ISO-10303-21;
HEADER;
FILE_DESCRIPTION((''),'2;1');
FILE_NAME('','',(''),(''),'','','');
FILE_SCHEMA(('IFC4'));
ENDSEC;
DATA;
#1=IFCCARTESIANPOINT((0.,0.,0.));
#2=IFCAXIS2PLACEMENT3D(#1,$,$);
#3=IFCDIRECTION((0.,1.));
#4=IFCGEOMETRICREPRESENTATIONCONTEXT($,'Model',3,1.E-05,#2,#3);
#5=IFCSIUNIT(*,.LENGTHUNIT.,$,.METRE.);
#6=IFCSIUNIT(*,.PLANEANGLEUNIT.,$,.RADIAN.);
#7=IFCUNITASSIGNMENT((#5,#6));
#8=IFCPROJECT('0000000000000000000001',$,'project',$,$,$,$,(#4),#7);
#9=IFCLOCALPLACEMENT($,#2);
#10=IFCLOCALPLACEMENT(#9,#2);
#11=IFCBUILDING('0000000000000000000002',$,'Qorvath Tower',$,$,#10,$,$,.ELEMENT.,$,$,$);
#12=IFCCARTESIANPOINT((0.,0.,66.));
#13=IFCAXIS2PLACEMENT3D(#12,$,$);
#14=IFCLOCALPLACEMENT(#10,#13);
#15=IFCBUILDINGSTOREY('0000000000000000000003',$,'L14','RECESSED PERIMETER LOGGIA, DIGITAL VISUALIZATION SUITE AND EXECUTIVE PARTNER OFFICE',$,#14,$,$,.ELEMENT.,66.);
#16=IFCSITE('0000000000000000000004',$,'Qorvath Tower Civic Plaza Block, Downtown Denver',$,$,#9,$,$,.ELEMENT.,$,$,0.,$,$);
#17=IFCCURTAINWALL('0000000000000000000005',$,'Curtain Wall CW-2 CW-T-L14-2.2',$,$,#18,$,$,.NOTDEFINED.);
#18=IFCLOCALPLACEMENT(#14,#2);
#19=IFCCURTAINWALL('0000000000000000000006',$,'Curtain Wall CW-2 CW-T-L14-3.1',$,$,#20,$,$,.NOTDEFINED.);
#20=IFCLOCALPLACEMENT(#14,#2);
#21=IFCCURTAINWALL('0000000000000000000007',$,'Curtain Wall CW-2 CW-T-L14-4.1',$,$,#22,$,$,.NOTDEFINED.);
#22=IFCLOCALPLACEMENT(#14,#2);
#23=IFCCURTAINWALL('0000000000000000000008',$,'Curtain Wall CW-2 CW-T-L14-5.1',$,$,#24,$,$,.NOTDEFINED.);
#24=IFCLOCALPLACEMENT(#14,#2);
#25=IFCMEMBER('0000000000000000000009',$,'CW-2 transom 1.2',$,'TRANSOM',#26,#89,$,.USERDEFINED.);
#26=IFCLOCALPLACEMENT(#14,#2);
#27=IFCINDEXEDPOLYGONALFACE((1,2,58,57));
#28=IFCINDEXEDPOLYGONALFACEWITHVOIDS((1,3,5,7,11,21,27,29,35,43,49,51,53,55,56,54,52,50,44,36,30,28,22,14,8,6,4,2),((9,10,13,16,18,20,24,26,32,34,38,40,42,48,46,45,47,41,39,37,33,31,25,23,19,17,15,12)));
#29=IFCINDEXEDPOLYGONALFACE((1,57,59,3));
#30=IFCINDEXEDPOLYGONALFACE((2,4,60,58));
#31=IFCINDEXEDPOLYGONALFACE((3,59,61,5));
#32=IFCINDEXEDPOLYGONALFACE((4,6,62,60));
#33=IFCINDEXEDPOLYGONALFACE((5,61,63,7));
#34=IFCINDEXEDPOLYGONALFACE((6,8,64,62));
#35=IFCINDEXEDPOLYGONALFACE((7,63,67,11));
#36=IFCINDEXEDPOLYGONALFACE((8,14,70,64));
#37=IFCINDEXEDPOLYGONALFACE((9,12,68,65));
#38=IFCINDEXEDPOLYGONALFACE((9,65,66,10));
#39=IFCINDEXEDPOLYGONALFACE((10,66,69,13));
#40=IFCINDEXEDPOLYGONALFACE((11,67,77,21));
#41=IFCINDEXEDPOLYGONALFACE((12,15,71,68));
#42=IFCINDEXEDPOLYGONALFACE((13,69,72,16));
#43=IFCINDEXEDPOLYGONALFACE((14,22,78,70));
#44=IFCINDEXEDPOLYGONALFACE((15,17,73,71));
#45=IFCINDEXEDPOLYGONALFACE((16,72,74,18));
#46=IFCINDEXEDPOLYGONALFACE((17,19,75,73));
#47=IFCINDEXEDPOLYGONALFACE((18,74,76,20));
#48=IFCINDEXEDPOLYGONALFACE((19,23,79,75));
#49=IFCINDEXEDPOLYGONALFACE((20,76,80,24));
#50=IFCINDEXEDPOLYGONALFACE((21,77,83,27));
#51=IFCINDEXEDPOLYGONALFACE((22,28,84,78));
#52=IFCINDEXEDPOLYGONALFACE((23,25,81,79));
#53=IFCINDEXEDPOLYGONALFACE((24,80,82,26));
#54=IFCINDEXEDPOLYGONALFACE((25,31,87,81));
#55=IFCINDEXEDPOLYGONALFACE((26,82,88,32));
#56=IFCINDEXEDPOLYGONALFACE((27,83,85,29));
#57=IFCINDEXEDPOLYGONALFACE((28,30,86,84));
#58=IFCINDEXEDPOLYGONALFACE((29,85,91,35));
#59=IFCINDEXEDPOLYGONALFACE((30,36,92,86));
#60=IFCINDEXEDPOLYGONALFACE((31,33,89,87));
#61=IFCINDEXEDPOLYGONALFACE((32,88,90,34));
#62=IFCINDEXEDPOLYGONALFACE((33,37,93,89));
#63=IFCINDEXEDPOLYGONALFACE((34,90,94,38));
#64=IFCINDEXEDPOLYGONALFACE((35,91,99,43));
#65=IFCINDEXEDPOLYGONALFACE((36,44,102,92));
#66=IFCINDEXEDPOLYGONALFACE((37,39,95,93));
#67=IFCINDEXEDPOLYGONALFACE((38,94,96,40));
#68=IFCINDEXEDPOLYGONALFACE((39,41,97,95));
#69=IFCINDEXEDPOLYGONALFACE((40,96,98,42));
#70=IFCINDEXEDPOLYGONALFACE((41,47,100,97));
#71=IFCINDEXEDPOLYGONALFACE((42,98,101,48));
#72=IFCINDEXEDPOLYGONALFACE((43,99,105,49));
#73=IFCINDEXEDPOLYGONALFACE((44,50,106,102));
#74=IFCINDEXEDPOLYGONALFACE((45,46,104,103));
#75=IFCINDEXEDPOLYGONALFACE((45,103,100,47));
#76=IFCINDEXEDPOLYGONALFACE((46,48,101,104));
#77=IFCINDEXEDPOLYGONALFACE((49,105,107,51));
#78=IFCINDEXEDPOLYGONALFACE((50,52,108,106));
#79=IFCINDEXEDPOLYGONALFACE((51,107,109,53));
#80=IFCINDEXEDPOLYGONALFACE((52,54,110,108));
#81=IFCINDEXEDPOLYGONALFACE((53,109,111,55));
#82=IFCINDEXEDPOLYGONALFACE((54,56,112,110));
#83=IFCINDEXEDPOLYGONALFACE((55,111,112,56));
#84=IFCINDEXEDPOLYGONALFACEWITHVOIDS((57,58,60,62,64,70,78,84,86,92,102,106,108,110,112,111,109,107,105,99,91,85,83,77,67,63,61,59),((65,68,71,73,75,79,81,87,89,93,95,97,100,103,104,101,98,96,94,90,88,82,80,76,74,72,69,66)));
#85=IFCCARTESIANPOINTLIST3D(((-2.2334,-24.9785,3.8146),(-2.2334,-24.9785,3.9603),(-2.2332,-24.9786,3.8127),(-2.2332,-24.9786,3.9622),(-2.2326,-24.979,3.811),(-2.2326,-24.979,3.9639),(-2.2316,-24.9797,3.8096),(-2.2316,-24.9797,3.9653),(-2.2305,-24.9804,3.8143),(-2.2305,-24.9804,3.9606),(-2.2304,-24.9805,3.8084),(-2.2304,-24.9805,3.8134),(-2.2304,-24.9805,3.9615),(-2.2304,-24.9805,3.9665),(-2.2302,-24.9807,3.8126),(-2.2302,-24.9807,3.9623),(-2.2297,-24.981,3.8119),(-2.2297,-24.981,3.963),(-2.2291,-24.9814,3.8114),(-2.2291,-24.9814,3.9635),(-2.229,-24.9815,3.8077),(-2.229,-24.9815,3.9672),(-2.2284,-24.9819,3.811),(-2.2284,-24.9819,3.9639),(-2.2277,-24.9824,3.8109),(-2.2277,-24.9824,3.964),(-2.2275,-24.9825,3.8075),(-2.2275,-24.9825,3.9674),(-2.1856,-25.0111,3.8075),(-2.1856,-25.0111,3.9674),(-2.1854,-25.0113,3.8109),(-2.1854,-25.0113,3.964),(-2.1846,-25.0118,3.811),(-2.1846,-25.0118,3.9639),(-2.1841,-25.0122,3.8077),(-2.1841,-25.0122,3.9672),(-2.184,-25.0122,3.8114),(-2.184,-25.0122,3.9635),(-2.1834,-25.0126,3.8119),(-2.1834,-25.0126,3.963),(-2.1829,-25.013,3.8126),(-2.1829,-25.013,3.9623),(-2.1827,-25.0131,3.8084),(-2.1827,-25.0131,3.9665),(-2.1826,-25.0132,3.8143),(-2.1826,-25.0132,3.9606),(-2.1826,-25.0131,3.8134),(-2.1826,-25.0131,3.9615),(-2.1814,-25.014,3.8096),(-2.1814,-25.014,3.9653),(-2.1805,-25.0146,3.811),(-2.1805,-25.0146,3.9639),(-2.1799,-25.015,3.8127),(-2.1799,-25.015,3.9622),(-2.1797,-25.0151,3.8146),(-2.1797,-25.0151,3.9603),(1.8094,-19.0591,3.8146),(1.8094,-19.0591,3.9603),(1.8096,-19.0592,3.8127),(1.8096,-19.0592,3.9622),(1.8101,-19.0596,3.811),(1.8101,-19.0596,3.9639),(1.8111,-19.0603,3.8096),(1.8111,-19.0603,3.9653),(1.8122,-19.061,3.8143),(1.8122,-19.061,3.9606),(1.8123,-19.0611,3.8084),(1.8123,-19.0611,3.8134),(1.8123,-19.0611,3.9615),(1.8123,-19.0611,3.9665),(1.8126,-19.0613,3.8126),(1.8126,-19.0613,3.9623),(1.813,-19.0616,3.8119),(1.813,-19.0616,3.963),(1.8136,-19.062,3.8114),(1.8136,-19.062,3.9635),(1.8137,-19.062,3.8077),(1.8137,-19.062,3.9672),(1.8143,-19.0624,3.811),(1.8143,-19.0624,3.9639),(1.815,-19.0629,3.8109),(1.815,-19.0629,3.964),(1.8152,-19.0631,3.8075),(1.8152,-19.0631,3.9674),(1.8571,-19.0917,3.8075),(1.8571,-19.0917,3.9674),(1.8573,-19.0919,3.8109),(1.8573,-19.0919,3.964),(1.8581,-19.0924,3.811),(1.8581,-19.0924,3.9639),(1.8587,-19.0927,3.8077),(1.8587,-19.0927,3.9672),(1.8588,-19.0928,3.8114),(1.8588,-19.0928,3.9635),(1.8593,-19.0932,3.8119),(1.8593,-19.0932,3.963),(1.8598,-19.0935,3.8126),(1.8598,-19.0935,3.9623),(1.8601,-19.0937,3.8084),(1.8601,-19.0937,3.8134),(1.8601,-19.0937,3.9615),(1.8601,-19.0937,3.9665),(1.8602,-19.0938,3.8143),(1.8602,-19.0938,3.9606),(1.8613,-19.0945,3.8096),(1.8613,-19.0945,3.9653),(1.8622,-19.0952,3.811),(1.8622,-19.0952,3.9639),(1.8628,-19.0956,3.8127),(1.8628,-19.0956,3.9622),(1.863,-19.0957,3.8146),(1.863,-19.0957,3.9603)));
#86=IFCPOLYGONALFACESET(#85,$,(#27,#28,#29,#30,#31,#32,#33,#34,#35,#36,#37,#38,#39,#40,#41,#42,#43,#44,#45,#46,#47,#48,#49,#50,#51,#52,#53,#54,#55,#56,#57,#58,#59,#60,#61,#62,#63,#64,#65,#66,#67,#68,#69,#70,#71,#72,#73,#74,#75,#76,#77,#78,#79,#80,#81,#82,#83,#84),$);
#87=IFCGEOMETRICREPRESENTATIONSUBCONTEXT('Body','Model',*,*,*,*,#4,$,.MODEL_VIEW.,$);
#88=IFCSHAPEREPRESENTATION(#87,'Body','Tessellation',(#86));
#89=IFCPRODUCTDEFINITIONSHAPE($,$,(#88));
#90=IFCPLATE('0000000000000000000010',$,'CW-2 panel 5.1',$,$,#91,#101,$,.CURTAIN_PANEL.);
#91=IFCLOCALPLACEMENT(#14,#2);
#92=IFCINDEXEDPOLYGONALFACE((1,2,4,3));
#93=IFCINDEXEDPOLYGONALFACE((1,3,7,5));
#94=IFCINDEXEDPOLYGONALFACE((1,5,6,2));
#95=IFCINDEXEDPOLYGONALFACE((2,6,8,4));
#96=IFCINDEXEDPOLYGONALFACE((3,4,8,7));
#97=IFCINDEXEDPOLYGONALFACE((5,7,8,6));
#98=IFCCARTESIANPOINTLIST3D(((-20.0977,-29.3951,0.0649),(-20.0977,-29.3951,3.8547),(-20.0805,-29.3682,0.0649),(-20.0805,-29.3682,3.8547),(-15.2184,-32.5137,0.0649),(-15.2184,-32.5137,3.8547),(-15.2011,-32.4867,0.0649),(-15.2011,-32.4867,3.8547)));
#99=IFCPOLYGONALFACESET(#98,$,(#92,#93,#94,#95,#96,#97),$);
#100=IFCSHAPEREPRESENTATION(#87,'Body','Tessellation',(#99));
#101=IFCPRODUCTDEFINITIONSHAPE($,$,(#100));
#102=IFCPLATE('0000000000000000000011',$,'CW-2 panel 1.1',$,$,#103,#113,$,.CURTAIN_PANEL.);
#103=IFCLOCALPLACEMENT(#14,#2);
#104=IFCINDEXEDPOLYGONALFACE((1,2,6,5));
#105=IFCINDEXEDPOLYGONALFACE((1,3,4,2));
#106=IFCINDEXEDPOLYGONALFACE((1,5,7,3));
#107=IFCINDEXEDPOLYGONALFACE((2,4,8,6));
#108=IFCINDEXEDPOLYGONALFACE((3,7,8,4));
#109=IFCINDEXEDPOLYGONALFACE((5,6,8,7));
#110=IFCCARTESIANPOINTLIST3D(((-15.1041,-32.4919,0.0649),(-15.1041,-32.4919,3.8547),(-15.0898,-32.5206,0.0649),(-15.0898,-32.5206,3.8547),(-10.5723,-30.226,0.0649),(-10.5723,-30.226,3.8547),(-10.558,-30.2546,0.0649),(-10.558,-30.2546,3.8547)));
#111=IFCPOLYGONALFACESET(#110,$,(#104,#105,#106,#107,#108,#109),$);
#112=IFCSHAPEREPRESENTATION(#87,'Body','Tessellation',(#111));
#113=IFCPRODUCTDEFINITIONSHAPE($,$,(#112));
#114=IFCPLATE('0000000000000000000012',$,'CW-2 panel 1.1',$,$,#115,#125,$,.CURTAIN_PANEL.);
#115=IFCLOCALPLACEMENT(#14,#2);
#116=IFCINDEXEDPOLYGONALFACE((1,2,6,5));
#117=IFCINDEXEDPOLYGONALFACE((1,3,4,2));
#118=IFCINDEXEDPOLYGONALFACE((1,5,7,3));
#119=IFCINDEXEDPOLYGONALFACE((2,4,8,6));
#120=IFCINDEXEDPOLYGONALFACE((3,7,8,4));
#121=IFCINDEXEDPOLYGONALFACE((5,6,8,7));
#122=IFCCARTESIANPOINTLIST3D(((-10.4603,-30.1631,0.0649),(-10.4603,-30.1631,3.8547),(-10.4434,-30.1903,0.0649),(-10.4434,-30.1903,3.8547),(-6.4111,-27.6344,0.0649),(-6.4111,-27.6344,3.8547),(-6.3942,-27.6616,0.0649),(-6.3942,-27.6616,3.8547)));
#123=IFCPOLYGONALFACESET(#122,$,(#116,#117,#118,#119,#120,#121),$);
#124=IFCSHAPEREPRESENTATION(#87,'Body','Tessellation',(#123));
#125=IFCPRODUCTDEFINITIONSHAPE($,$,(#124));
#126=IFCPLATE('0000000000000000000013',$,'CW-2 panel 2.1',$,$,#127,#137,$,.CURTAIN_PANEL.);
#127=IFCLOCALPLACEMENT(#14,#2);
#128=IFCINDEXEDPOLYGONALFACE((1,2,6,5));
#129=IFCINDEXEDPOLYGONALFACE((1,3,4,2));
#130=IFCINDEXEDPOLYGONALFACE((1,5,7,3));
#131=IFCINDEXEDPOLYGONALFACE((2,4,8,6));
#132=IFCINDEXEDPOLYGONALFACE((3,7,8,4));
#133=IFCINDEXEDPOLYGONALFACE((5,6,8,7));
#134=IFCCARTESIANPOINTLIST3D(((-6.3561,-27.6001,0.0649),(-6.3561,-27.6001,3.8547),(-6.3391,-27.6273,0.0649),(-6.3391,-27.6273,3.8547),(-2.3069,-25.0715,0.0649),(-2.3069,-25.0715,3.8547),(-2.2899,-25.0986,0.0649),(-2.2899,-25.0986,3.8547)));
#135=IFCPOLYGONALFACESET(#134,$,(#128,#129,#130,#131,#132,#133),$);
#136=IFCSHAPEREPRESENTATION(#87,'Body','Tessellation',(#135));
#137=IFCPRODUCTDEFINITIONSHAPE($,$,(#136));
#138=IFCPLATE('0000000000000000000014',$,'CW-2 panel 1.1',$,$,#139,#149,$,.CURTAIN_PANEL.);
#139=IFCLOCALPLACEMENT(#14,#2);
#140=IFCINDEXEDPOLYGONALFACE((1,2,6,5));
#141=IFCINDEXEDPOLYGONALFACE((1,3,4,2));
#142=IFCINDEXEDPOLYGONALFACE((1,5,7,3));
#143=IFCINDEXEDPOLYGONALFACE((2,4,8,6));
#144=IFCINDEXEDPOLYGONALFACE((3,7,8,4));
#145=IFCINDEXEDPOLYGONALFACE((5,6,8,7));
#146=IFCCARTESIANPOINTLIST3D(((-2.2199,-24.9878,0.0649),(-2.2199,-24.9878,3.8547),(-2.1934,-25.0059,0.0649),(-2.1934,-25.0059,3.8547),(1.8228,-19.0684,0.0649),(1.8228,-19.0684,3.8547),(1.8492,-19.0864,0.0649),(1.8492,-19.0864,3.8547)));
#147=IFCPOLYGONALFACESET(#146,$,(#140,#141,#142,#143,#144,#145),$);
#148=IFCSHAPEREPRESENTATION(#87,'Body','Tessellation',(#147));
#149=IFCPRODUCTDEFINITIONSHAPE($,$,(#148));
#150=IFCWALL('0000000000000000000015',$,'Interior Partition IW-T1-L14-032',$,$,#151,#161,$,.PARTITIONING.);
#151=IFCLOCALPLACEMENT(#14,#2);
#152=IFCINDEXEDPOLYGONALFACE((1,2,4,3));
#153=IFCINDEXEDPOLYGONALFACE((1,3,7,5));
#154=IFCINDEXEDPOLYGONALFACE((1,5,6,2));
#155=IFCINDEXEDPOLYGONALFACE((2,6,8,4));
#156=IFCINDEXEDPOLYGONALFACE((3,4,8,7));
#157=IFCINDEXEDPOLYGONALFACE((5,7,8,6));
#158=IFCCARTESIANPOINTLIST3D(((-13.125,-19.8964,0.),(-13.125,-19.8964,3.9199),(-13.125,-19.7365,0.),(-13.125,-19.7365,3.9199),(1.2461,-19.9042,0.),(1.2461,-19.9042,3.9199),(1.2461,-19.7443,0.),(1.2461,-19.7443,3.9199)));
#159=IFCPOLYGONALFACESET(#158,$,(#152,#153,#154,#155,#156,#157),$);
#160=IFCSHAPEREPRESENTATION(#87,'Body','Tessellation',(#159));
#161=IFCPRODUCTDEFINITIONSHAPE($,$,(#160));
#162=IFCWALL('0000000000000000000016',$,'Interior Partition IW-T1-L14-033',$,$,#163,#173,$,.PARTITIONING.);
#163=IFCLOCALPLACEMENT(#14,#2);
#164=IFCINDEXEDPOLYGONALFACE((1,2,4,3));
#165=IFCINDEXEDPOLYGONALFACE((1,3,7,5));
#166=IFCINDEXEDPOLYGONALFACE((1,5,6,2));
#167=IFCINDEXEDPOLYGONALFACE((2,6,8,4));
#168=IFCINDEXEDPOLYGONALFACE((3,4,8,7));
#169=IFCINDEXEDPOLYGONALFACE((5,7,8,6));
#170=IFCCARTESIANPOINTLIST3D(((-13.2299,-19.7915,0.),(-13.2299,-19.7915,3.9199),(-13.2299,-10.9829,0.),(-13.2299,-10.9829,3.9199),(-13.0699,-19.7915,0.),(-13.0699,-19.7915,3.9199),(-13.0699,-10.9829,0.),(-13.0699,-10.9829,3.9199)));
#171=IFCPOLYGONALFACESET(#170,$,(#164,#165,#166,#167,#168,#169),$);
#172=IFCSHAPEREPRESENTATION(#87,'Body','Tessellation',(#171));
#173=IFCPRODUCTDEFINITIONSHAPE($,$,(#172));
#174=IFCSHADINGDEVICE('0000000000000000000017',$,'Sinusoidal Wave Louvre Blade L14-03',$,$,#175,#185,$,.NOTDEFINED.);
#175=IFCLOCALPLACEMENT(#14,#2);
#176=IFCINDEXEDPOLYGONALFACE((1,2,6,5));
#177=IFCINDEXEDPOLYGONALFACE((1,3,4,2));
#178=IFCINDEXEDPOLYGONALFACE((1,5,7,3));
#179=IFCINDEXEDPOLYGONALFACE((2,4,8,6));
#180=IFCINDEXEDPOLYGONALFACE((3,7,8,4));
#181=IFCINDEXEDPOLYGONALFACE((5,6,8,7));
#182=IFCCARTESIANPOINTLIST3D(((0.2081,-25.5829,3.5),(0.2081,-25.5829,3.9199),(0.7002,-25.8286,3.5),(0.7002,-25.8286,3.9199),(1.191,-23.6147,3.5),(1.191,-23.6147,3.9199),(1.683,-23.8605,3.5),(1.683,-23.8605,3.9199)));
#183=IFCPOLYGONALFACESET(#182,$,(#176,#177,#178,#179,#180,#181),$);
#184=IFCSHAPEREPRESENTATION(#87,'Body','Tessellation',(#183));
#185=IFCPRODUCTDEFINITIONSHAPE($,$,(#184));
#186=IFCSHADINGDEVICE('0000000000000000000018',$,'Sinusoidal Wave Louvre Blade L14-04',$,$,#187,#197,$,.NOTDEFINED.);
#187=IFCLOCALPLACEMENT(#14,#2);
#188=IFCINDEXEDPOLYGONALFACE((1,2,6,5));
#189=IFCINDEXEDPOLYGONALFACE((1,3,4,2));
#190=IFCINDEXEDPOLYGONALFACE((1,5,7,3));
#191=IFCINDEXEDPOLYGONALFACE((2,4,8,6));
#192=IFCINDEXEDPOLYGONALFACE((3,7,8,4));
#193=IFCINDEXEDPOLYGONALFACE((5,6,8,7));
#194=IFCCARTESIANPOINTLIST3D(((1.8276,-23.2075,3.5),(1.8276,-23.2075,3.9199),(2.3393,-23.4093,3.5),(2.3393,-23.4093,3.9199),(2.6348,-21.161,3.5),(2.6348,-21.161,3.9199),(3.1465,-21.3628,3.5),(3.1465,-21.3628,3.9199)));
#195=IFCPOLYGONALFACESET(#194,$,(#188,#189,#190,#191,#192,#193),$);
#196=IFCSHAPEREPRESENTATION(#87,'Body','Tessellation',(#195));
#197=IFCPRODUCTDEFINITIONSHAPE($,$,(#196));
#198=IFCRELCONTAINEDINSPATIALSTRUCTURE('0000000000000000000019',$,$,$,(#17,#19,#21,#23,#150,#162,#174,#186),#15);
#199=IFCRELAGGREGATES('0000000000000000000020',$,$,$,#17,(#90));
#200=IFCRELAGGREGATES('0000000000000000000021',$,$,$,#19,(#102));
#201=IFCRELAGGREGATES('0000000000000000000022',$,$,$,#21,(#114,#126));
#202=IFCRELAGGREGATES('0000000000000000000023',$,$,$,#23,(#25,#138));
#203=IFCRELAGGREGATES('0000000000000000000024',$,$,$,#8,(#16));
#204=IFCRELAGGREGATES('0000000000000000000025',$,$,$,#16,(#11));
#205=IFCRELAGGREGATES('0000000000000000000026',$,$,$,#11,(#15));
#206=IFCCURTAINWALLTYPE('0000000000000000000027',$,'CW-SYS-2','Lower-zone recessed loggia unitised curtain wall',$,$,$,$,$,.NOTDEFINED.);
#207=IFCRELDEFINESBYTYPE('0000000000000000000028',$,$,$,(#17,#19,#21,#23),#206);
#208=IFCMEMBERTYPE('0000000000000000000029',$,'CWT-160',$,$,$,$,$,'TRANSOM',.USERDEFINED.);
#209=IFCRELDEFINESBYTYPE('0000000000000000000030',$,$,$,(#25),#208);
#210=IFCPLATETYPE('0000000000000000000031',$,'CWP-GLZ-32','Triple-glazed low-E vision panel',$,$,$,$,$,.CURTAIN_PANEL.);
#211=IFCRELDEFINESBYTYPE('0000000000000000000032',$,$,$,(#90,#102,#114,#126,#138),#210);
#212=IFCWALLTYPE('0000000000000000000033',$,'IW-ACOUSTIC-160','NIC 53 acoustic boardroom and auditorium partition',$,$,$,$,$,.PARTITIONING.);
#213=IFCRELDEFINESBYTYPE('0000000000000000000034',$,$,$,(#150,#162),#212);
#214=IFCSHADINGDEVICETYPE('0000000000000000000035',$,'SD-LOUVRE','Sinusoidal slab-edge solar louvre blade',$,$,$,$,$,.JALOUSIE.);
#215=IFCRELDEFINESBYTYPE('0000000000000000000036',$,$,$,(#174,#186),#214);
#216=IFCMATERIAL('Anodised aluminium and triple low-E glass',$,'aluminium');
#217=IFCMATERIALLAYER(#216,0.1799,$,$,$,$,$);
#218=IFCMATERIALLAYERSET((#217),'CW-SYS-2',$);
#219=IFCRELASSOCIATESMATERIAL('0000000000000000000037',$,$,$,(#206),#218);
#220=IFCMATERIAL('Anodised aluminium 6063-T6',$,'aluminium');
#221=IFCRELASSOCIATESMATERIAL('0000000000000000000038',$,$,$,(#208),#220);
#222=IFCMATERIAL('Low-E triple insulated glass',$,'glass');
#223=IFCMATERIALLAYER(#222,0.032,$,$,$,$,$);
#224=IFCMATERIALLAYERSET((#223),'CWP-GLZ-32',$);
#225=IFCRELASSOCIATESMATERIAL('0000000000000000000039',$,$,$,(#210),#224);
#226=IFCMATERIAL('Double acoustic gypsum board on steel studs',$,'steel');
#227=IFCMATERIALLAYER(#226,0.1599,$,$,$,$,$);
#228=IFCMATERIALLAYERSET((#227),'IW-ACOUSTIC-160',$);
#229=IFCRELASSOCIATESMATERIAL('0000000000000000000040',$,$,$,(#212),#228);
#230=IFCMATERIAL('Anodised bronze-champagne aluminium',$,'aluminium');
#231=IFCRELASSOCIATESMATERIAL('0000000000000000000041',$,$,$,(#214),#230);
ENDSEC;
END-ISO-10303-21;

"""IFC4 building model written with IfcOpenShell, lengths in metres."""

from ifc_helpers import new_model, si_unit, direction, frame, frame_2d, origin, origin_2d, place, context, subcontext, project, spatial, rectangle, hollow_rectangle, extrude, material, layer, layer_set, material_profile, profile_set, type_object, element, aggregate, save


model = new_model("IFC4")

# Units and contexts
model_context = context("Model", 3, precision=1e-05, world=origin(), true_north=direction((0.0, 1.0)))
body_context = subcontext(model_context, "Body", "Model", "MODEL_VIEW")
ifc_project = project(units=[si_unit("LENGTHUNIT", "METRE"), si_unit("PLANEANGLEUNIT", "RADIAN")], contexts=[model_context])

# Site, building, storey
site_placement = place(None, origin())
site = spatial("IfcSite", under=ifc_project, at=site_placement, Name="Qorvath Tower Civic Plaza Block, Downtown Denver", CompositionType="ELEMENT", RefElevation=0.0)
building_placement = place(site_placement, origin())
building = spatial("IfcBuilding", under=site, at=building_placement, Name="Qorvath Tower", CompositionType="ELEMENT")
storey_placement = place(building_placement, frame((0.0, 0.0, 66.0)))
storey = spatial("IfcBuildingStorey", under=building, at=storey_placement, Name="L14", Description="RECESSED PERIMETER LOGGIA, DIGITAL VISUALIZATION SUITE AND EXECUTIVE PARTNER OFFICE", CompositionType="ELEMENT", Elevation=66.0)

# Curtain wall
ifc_material_1 = material(Name="Anodised aluminium and triple low-E glass", Category="aluminium")
ifc_layer_1 = layer(ifc_material_1, 0.1799)
ifc_layer_set_1 = layer_set([ifc_layer_1], Name="CW-SYS-2")
curtain_wall_type = type_object("IfcCurtainWallType", Name="CW-SYS-2", Description="Lower-zone recessed loggia unitised curtain wall", PredefinedType="NOTDEFINED", material=ifc_layer_set_1)
curtain_wall_1_placement = place(storey_placement, origin())
curtain_wall_1 = element("IfcCurtainWall", 1, at=curtain_wall_1_placement, inside=storey, type_object=curtain_wall_type, Name="Curtain Wall CW-2 CW-T-L14-2.2", PredefinedType="NOTDEFINED")

# Curtain walls
curtain_wall_2_placement = place(storey_placement, origin())
curtain_wall_2 = element("IfcCurtainWall", 2, at=curtain_wall_2_placement, inside=storey, type_object=curtain_wall_type, Name="Curtain Wall CW-2 CW-T-L14-3.1", PredefinedType="NOTDEFINED")
curtain_wall_3_placement = place(storey_placement, origin())
curtain_wall_3 = element("IfcCurtainWall", 3, at=curtain_wall_3_placement, inside=storey, type_object=curtain_wall_type, Name="Curtain Wall CW-2 CW-T-L14-4.1", PredefinedType="NOTDEFINED")
curtain_wall_4_placement = place(storey_placement, origin())
curtain_wall_4 = element("IfcCurtainWall", 4, at=curtain_wall_4_placement, inside=storey, type_object=curtain_wall_type, Name="Curtain Wall CW-2 CW-T-L14-5.1", PredefinedType="NOTDEFINED")

# Member
ifc_material_2 = material(Name="Anodised aluminium 6063-T6", Category="aluminium")
ifc_material_profile_1 = material_profile(ifc_material_2, hollow_rectangle(XDim=0.0649, YDim=0.1599, WallThickness=0.0034, InnerFilletRadius=0.0034, OuterFilletRadius=0.0071, at=origin_2d()), Name="CWT 160x65")
ifc_profile_set_1 = profile_set([ifc_material_profile_1], Name="Anodised aluminium 6063-T6")
member_type_1 = type_object("IfcMemberType", Name="CWT-160", ElementType="TRANSOM", PredefinedType="USERDEFINED", material=ifc_profile_set_1)
member_1_placement = place(storey_placement, frame((-2.2065, -24.9968, 3.8875), z_axis=(0.563979, 0.825789, 0.0), x_axis=(-0.825789, 0.563979, 0.0)))
member_1 = element("IfcMember", 5, at=member_1_placement, type_object=member_type_1, Name="CW-2 transom 1.2", ObjectType="TRANSOM", PredefinedType="USERDEFINED", context=body_context, shape_type="SweptSolid", body=[
    extrude(hollow_rectangle(XDim=0.0649, YDim=0.1599, WallThickness=0.0034, InnerFilletRadius=0.0034, OuterFilletRadius=0.0071, at=origin_2d()), origin(), (0.0, 0.0, 1.0), 7.1682),
])

# Plates
ifc_material_3 = material(Name="Low-E triple insulated glass", Category="glass")
ifc_layer_2 = layer(ifc_material_3, 0.032)
ifc_layer_set_2 = layer_set([ifc_layer_2], Name="CWP-GLZ-32")
plate_type = type_object("IfcPlateType", Name="CWP-GLZ-32", Description="Triple-glazed low-E vision panel", PredefinedType="CURTAIN_PANEL", material=ifc_layer_set_2)
plate_1_placement = place(storey_placement, frame((-17.6494, -30.9409, 0.0649), z_axis=(0.0, 0.0, 1.0), x_axis=(0.842602, -0.538537, 0.0)))
plate_1 = element("IfcPlate", 6, at=plate_1_placement, type_object=plate_type, Name="CW-2 panel 5.1", PredefinedType="CURTAIN_PANEL", context=body_context, shape_type="SweptSolid", body=[
    extrude(rectangle(XDim=5.7908, YDim=0.032, at=origin_2d()), origin(), (0.0, 0.0, 1.0), 3.7898),
])
aggregate(curtain_wall_1, [plate_1])
plate_2_placement = place(storey_placement, frame((-12.8311, -31.3733, 0.0649), z_axis=(0.0, 0.0, 1.0), x_axis=(0.894423, 0.447221, 0.0)))
plate_2 = element("IfcPlate", 7, at=plate_2_placement, type_object=plate_type, Name="CW-2 panel 1.1", PredefinedType="CURTAIN_PANEL", context=body_context, shape_type="SweptSolid", body=[
    extrude(rectangle(XDim=5.0667, YDim=0.032, at=origin_2d()), origin(), (0.0, 0.0, 1.0), 3.7898),
])
aggregate(curtain_wall_2, [plate_2])
plate_3_placement = place(storey_placement, frame((-8.4272, -28.9124, 0.0649), z_axis=(0.0, 0.0, 1.0), x_axis=(0.848194, 0.529686, 0.0)))
plate_3 = element("IfcPlate", 8, at=plate_3_placement, type_object=plate_type, Name="CW-2 panel 1.1", PredefinedType="CURTAIN_PANEL", context=body_context, shape_type="SweptSolid", body=[
    extrude(rectangle(XDim=4.7739, YDim=0.032, at=origin_2d()), origin(), (0.0, 0.0, 1.0), 3.7898),
])
plate_4_placement = place(storey_placement, frame((-4.323, -26.3494, 0.0649), z_axis=(0.0, 0.0, 1.0), x_axis=(0.848194, 0.529686, 0.0)))
plate_4 = element("IfcPlate", 9, at=plate_4_placement, type_object=plate_type, Name="CW-2 panel 2.1", PredefinedType="CURTAIN_PANEL", context=body_context, shape_type="SweptSolid", body=[
    extrude(rectangle(XDim=4.7739, YDim=0.032, at=origin_2d()), origin(), (0.0, 0.0, 1.0), 3.7898),
])
aggregate(curtain_wall_3, [plate_3, plate_4])
plate_5_placement = place(storey_placement, frame((-0.1853, -22.0371, 0.0649), z_axis=(0.0, 0.0, 1.0), x_axis=(0.563974, 0.825792, 0.0)))
plate_5 = element("IfcPlate", 10, at=plate_5_placement, type_object=plate_type, Name="CW-2 panel 1.1", PredefinedType="CURTAIN_PANEL", context=body_context, shape_type="SweptSolid", body=[
    extrude(rectangle(XDim=7.1682, YDim=0.032, at=origin_2d()), origin(), (0.0, 0.0, 1.0), 3.7898),
])
aggregate(curtain_wall_4, [member_1, plate_5])

# Walls
ifc_material_4 = material(Name="Double acoustic gypsum board on steel studs", Category="steel")
ifc_layer_3 = layer(ifc_material_4, 0.1599)
ifc_layer_set_3 = layer_set([ifc_layer_3], Name="IW-ACOUSTIC-160")
wall_type = type_object("IfcWallType", Name="IW-ACOUSTIC-160", Description="NIC 53 acoustic boardroom and auditorium partition", PredefinedType="PARTITIONING", material=ifc_layer_set_3)
wall_1_placement = place(storey_placement, frame((1.2461, -19.8242, 0.0), z_axis=(0.0, 0.0, 1.0), x_axis=(-1.0, 0.000544, 0.0)))
element("IfcWall", 11, at=wall_1_placement, inside=storey, type_object=wall_type, Name="Interior Partition IW-T1-L14-032", PredefinedType="PARTITIONING", context=body_context, shape_type="SweptSolid", body=[
    extrude(rectangle(XDim=14.3711, YDim=0.1599, at=frame_2d((7.1855, 0.0))), origin(), (0.0, 0.0, 1.0), 3.9199),
])
wall_2_placement = place(storey_placement, frame((-13.1499, -19.7915, 0.0), z_axis=(0.0, 0.0, 1.0), x_axis=(0.0, 1.0, 0.0)))
element("IfcWall", 12, at=wall_2_placement, inside=storey, type_object=wall_type, Name="Interior Partition IW-T1-L14-033", PredefinedType="PARTITIONING", context=body_context, shape_type="SweptSolid", body=[
    extrude(rectangle(XDim=8.8086, YDim=0.1599, at=frame_2d((4.4043, 0.0))), origin(), (0.0, 0.0, 1.0), 3.9199),
])

# Shading devices
ifc_material_5 = material(Name="Anodised bronze-champagne aluminium", Category="aluminium")
shading_device_type = type_object("IfcShadingDeviceType", Name="SD-LOUVRE", Description="Sinusoidal slab-edge solar louvre blade", PredefinedType="JALOUSIE", material=ifc_material_5)
for number, where, z_axis, x_axis, name in (
    (13, (0.9456, -24.7217, 3.5), (0.0, 0.0, 1.0), (0.446777, 0.894645, 0.0), "Sinusoidal Wave Louvre Blade L14-03"),
    (14, (2.4871, -22.2852, 3.5), (0.0, 0.0, 1.0), (0.366925, 0.930251, 0.0), "Sinusoidal Wave Louvre Blade L14-04"),
):
    element("IfcShadingDevice", number, at=place(storey_placement, frame(where, z_axis=z_axis, x_axis=x_axis)), inside=storey, type_object=shading_device_type, Name=name, PredefinedType="NOTDEFINED", context=body_context, shape_type="SweptSolid", body=[
        extrude(rectangle(XDim=2.2, YDim=0.55, at=origin_2d()), origin(), (0.0, 0.0, 1.0), 0.4199),
    ])

save(model, "model.ifc")
